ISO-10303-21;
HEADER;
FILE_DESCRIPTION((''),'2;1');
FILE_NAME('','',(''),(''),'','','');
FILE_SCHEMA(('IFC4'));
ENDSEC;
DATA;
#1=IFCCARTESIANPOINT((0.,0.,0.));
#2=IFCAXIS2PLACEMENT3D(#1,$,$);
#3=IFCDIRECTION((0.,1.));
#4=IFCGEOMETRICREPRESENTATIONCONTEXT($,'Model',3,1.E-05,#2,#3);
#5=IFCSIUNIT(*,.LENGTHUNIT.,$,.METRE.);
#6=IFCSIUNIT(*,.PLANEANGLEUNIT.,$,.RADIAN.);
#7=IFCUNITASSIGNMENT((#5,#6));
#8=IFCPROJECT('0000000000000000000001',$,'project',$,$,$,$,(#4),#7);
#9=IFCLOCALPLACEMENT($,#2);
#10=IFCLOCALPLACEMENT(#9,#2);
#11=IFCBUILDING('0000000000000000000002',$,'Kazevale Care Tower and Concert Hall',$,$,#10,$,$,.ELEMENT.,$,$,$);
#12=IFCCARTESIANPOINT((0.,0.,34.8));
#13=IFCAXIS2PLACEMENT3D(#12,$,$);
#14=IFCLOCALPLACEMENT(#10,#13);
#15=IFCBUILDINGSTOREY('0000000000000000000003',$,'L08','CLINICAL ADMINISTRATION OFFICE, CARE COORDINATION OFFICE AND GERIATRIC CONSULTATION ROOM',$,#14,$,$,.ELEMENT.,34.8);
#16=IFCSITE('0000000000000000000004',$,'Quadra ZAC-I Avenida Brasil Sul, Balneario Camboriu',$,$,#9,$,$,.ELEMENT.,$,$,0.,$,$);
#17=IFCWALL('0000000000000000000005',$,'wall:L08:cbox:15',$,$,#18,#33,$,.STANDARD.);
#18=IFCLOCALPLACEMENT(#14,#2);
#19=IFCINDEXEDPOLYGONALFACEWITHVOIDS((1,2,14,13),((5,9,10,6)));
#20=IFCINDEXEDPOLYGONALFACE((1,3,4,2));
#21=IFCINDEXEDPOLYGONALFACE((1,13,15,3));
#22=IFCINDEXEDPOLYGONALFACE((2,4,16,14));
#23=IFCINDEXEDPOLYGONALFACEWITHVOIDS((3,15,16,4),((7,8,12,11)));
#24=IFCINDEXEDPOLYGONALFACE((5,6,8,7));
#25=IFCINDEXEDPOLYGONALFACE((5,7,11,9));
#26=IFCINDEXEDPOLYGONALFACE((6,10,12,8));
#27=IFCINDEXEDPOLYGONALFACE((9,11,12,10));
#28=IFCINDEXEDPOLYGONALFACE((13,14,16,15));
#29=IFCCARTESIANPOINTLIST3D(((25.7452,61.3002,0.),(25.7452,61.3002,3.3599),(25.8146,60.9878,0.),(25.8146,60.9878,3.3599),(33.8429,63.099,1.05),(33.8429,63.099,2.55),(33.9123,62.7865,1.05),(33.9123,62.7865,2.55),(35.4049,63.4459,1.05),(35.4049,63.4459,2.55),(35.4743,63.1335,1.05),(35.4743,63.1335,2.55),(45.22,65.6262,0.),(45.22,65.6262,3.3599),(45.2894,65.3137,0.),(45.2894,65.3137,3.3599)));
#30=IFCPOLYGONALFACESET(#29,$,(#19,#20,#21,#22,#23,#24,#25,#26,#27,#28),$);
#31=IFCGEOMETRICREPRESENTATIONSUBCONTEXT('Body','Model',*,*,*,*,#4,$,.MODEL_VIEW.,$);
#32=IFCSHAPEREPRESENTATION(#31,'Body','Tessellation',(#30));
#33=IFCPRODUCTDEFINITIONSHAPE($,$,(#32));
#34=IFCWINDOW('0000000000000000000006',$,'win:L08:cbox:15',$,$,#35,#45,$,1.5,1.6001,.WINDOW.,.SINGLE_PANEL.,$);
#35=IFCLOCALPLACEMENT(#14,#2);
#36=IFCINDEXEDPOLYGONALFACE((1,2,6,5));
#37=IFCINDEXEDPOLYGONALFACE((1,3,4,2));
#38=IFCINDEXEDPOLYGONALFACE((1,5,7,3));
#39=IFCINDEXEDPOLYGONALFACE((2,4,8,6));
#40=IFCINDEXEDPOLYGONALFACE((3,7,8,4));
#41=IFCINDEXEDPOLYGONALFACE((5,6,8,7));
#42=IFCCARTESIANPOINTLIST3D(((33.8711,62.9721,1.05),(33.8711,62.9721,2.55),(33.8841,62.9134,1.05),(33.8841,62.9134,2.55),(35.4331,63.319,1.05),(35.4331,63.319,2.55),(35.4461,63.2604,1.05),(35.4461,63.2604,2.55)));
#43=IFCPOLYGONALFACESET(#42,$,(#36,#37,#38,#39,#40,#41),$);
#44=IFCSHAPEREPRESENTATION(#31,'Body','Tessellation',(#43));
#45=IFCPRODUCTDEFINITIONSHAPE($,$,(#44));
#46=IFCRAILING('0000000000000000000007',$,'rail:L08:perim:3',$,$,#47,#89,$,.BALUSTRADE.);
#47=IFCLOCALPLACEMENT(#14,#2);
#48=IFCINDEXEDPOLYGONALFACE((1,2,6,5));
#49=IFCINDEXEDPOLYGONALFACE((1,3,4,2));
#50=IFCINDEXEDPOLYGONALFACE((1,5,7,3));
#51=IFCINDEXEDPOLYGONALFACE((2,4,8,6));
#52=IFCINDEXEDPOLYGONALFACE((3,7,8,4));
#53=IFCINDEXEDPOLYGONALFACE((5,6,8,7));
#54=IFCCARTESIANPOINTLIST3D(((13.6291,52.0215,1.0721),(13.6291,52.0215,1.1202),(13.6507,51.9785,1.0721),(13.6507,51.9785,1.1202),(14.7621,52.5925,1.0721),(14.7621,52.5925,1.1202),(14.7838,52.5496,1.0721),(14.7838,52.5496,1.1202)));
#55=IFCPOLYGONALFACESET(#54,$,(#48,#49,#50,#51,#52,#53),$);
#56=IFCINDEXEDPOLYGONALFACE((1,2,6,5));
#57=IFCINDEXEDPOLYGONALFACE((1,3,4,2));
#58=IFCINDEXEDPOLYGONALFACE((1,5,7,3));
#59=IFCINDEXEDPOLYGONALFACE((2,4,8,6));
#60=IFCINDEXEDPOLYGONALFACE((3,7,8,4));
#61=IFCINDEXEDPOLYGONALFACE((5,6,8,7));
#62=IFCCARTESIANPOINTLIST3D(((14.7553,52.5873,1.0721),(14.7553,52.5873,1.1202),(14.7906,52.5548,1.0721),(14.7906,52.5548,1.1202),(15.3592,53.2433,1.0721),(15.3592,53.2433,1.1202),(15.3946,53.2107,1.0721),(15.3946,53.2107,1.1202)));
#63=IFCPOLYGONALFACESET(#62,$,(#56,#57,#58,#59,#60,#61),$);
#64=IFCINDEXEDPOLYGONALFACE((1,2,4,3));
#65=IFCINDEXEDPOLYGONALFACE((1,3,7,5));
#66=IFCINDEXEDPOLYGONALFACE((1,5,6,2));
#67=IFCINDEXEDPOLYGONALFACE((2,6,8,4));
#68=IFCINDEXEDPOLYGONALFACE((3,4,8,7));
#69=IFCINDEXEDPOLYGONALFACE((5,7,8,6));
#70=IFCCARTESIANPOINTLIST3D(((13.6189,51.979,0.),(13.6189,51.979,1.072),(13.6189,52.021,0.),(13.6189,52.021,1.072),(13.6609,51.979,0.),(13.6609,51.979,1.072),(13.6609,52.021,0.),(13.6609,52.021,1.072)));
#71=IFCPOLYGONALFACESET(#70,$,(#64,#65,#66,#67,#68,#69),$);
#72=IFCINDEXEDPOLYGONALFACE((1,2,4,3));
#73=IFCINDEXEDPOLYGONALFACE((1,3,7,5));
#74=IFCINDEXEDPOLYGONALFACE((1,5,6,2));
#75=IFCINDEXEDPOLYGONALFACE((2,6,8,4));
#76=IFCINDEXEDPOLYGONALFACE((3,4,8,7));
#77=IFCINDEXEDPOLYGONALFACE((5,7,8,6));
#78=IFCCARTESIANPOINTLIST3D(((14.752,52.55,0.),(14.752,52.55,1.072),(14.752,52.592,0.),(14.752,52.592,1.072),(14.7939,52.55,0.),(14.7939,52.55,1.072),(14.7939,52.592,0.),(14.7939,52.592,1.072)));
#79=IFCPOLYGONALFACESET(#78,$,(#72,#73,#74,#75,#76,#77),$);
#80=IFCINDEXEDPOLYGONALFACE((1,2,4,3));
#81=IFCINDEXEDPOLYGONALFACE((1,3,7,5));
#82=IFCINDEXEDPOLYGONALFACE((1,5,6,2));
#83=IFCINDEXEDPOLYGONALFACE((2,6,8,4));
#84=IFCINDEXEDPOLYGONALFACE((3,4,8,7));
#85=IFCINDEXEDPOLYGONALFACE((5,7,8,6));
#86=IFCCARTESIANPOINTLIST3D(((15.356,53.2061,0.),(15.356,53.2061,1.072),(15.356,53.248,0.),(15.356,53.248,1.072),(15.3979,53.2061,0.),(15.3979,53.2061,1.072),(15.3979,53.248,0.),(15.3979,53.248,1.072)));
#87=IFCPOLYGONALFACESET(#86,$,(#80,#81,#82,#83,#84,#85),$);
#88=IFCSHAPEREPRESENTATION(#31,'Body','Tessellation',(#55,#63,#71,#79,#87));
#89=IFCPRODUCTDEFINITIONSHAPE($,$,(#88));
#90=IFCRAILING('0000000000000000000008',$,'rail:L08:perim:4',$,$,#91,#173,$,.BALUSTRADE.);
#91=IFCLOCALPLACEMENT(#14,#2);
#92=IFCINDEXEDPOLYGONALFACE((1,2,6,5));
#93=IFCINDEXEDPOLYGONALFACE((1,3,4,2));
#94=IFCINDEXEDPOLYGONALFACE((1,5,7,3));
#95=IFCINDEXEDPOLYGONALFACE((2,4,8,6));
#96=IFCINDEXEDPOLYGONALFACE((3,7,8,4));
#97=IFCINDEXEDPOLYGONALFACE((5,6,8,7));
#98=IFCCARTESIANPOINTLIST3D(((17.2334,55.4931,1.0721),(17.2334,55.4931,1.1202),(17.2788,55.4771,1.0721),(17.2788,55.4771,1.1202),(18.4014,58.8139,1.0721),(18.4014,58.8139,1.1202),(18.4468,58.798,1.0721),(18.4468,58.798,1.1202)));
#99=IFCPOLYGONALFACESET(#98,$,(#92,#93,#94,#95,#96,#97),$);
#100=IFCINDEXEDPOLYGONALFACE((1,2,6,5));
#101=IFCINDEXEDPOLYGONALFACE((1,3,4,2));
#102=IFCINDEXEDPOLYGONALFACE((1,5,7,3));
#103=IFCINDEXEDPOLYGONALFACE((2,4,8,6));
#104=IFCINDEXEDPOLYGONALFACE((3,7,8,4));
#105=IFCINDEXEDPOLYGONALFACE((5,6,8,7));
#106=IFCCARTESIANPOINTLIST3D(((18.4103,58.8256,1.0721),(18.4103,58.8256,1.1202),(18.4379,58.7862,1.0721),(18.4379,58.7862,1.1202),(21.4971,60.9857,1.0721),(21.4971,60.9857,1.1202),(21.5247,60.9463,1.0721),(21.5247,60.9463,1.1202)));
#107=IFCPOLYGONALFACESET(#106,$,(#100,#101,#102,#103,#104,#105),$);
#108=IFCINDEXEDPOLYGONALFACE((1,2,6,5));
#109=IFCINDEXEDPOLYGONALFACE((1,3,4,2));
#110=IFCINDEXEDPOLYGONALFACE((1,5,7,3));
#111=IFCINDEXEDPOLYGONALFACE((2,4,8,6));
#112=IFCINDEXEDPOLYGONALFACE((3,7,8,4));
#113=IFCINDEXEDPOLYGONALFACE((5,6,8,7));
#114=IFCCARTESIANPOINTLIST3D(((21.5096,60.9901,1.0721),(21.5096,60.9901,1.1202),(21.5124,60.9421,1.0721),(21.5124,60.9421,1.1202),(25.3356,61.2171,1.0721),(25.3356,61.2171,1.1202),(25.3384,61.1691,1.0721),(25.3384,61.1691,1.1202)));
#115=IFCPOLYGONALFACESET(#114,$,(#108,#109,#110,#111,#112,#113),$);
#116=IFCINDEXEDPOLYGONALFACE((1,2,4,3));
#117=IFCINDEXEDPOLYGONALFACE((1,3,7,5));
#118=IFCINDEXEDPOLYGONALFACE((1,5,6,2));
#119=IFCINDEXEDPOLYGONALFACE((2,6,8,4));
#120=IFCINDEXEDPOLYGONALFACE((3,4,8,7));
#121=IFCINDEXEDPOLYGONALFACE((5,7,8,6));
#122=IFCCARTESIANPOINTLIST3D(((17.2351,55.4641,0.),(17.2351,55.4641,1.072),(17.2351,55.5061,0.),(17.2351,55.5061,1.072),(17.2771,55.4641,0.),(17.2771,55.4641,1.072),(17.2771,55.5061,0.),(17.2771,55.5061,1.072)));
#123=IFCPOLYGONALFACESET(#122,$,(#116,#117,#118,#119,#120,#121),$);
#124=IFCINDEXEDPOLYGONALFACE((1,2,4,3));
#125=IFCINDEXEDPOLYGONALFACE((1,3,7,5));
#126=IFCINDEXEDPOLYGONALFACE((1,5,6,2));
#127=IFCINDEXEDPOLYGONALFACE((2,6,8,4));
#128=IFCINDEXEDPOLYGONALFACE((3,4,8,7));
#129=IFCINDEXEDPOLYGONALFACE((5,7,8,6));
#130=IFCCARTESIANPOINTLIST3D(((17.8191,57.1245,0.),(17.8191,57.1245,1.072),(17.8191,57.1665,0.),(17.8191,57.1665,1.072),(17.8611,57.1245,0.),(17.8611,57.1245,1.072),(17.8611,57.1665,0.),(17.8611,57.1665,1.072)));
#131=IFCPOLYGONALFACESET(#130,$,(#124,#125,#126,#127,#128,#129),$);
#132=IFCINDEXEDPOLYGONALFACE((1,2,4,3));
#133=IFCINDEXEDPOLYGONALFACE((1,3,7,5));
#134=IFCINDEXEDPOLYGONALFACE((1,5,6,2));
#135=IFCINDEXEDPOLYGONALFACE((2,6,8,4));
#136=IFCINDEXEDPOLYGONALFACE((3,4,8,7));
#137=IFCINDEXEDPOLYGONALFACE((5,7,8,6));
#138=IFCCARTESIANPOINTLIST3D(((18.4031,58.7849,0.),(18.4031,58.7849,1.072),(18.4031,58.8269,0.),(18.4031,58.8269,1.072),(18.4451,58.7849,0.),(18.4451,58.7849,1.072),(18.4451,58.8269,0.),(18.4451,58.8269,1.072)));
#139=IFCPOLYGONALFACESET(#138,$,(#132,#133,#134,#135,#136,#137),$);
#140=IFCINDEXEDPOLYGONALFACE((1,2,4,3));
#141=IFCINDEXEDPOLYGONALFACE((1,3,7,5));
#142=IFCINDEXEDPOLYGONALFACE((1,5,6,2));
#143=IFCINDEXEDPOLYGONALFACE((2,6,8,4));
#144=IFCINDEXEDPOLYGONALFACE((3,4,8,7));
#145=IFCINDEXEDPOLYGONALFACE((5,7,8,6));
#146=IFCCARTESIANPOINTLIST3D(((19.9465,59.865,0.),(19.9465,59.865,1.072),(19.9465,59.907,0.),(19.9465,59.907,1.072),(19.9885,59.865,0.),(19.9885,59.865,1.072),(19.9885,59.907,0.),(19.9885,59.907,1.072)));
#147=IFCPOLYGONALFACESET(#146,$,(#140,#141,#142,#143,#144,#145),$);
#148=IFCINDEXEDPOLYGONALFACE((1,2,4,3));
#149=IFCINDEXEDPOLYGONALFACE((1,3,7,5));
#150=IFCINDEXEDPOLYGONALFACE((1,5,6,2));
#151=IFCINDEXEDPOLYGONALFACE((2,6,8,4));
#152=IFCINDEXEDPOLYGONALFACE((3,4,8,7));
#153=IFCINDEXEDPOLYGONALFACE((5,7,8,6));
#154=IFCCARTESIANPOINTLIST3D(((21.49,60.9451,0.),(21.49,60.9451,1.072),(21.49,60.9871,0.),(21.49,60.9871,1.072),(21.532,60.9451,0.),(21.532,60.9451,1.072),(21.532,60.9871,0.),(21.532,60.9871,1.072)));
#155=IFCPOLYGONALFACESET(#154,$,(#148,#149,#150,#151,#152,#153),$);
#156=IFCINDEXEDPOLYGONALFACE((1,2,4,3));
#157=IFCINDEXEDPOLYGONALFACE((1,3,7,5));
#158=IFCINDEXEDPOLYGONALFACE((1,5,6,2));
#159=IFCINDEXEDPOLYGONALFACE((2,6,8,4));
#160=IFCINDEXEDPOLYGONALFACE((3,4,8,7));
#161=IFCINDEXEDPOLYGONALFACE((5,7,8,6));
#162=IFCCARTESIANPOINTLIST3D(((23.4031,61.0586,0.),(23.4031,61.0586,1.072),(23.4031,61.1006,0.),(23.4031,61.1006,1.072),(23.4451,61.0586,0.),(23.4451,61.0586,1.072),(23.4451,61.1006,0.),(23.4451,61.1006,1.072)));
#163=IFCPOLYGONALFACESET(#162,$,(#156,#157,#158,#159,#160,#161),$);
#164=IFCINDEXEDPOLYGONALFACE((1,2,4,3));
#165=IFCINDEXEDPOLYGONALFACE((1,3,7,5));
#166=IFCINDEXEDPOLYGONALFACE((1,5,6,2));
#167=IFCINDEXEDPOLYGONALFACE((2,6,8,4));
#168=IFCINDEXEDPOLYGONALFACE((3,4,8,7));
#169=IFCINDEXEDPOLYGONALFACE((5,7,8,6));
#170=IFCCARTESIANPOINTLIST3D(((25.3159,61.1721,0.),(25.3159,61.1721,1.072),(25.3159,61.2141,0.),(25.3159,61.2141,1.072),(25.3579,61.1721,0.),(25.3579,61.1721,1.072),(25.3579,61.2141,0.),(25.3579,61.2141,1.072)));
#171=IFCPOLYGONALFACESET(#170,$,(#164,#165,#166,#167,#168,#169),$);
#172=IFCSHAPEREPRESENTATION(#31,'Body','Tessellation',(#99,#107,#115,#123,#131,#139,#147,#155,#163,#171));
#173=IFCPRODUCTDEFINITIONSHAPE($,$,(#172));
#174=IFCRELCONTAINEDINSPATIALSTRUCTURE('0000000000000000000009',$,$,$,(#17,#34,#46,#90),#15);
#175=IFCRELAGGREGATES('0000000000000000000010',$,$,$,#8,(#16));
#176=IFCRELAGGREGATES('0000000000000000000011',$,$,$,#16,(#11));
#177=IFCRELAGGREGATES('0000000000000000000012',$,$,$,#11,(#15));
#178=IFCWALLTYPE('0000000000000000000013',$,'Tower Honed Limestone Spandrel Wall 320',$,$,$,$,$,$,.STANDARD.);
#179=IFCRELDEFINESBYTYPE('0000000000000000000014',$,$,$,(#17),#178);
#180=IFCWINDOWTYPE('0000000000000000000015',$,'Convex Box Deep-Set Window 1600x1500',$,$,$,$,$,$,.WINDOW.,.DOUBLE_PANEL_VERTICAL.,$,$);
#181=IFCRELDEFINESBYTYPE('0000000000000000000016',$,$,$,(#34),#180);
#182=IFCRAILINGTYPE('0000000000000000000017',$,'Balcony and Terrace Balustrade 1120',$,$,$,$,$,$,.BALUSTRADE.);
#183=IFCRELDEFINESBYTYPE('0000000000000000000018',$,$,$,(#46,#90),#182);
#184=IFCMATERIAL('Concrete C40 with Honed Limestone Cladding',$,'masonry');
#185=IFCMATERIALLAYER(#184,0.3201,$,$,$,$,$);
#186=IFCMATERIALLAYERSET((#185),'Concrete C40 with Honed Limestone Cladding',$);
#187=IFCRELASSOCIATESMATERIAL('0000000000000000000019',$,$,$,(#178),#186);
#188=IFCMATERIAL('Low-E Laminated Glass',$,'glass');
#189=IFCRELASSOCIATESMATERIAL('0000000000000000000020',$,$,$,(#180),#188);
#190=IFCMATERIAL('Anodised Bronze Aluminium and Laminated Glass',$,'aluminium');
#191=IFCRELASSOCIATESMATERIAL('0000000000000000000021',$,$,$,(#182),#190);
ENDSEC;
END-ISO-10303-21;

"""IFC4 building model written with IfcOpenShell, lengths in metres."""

from ifc_helpers import new_model, si_unit, direction, frame, frame_2d, origin, origin_2d, place, context, subcontext, project, spatial, rectangle, extrude, material, layer, layer_set, type_object, element, fill, save


model = new_model("IFC4")

# Units and contexts
model_context = context("Model", 3, precision=1e-05, world=origin(), true_north=direction((0.0, 1.0)))
body_context = subcontext(model_context, "Body", "Model", "MODEL_VIEW")
ifc_project = project(units=[si_unit("LENGTHUNIT", "METRE"), si_unit("PLANEANGLEUNIT", "RADIAN")], contexts=[model_context])

# Site, building, storey
site_placement = place(None, origin())
site = spatial("IfcSite", under=ifc_project, at=site_placement, Name="Quadra ZAC-I Avenida Brasil Sul, Balneario Camboriu", CompositionType="ELEMENT", RefElevation=0.0)
building_placement = place(site_placement, origin())
building = spatial("IfcBuilding", under=site, at=building_placement, Name="Kazevale Care Tower and Concert Hall", CompositionType="ELEMENT")
storey_placement = place(building_placement, frame((0.0, 0.0, 34.8)))
storey = spatial("IfcBuildingStorey", under=building, at=storey_placement, Name="L08", Description="CLINICAL ADMINISTRATION OFFICE, CARE COORDINATION OFFICE AND GERIATRIC CONSULTATION ROOM", CompositionType="ELEMENT", Elevation=34.8)

# Shared definitions
ifc_material_1 = material(Name="Low-E Laminated Glass", Category="glass")

# Wall, opening, window
ifc_material_2 = material(Name="Concrete C40 with Honed Limestone Cladding", Category="masonry")
ifc_layer_1 = layer(ifc_material_2, 0.3201)
ifc_layer_set_1 = layer_set([ifc_layer_1], Name="Concrete C40 with Honed Limestone Cladding")
wall_type_1 = type_object("IfcWallType", Name="Tower Honed Limestone Spandrel Wall 320", PredefinedType="STANDARD", material=ifc_layer_set_1)
wall_1_placement = place(storey_placement, frame((25.78, 61.144, 0.0), z_axis=(0.0, 0.0, 1.0), x_axis=(0.976206, 0.216844, 0.0)))
wall_1 = element("IfcWall", 1, at=wall_1_placement, inside=storey, type_object=wall_type_1, Name="wall:L08:cbox:15", PredefinedType="STANDARD", context=body_context, shape_type="SweptSolid", body=[
    extrude(rectangle(XDim=19.9495, YDim=0.3201, at=frame_2d((9.9746, 0.0))), origin(), (0.0, 0.0, 1.0), 3.3599),
])
opening_placement = place(wall_1_placement, frame((8.2949, 0.0, 1.05)))
opening = element("IfcOpeningElement", 2, at=opening_placement, cuts=wall_1, PredefinedType="OPENING", context=body_context, shape_type="SweptSolid", body=[
    extrude(rectangle(XDim=1.6001, YDim=1.5, at=frame_2d((0.8, 0.75))), frame((0.0, 0.1699, 0.0), z_axis=(0.0, -1.0, 0.0), x_axis=(1.0, 0.0, 0.0)), (0.0, 0.0, 1.0), 0.3401),
])
window_type = type_object("IfcWindowType", Name="Convex Box Deep-Set Window 1600x1500", PartitioningType="DOUBLE_PANEL_VERTICAL", PredefinedType="WINDOW", material=ifc_material_1)
window_placement = place(opening_placement, origin())
window = element("IfcWindow", 3, at=window_placement, inside=storey, type_object=window_type, Name="win:L08:cbox:15", OverallHeight=1.5, OverallWidth=1.6001, PartitioningType="SINGLE_PANEL", PredefinedType="WINDOW", context=body_context, shape_type="SweptSolid", body=[
    extrude(rectangle(XDim=1.6001, YDim=1.5, at=frame_2d((0.8, 0.75))), frame((0.0, 0.03, 0.0), z_axis=(0.0, -1.0, 0.0), x_axis=(1.0, 0.0, 0.0)), (0.0, 0.0, 1.0), 0.0601),
])
fill(opening, window)

# Railings
ifc_material_3 = material(Name="Anodised Bronze Aluminium and Laminated Glass", Category="aluminium")
railing_type = type_object("IfcRailingType", Name="Balcony and Terrace Balustrade 1120", PredefinedType="BALUSTRADE", material=ifc_material_3)
railing_1_placement = place(storey_placement, frame((13.6399, 52.0, 0.0)))
element("IfcRailing", 4, at=railing_1_placement, inside=storey, type_object=railing_type, Name="rail:L08:perim:3", PredefinedType="BALUSTRADE", context=body_context, shape_type="SweptSolid", body=[
    extrude(rectangle(XDim=0.0481, YDim=0.0481, at=origin_2d()), frame((0.0, 0.0, 1.0962), z_axis=(0.892999, 0.450059, 0.0), x_axis=(-0.450059, 0.892999, 0.0)), (0.0, 0.0, 1.0), 1.2688),
    extrude(rectangle(XDim=0.0481, YDim=0.0481, at=origin_2d()), frame((1.1331, 0.571, 1.0962), z_axis=(0.677347, 0.735664, 0.0), x_axis=(-0.735664, 0.677347, 0.0)), (0.0, 0.0, 1.0), 0.8916),
    extrude(rectangle(XDim=0.042, YDim=0.042, at=origin_2d()), origin(), (0.0, 0.0, 1.0), 1.072),
    extrude(rectangle(XDim=0.042, YDim=0.042, at=origin_2d()), frame((1.1331, 0.571, 0.0)), (0.0, 0.0, 1.0), 1.072),
    extrude(rectangle(XDim=0.042, YDim=0.042, at=origin_2d()), frame((1.7371, 1.2271, 0.0)), (0.0, 0.0, 1.0), 1.072),
])
railing_2_placement = place(storey_placement, frame((17.2561, 55.4851, 0.0)))
element("IfcRailing", 5, at=railing_2_placement, inside=storey, type_object=railing_type, Name="rail:L08:perim:4", PredefinedType="BALUSTRADE", context=body_context, shape_type="SweptSolid", body=[
    extrude(rectangle(XDim=0.0481, YDim=0.0481, at=origin_2d()), frame((0.0, 0.0, 1.0962), z_axis=(0.33179, 0.943353, 0.0), x_axis=(-0.943353, 0.33179, 0.0)), (0.0, 0.0, 1.0), 3.5203),
    extrude(rectangle(XDim=0.0481, YDim=0.0481, at=origin_2d()), frame((1.168, 3.3208, 1.0962), z_axis=(0.819317, 0.573341, 0.0), x_axis=(-0.573341, 0.819317, 0.0)), (0.0, 0.0, 1.0), 3.7676),
    extrude(rectangle(XDim=0.0481, YDim=0.0481, at=origin_2d()), frame((4.2549, 5.481, 1.0962), z_axis=(0.998244, 0.059241, 0.0), x_axis=(-0.059241, 0.998244, 0.0)), (0.0, 0.0, 1.0), 3.8328),
    extrude(rectangle(XDim=0.042, YDim=0.042, at=origin_2d()), origin(), (0.0, 0.0, 1.0), 1.072),
    extrude(rectangle(XDim=0.042, YDim=0.042, at=origin_2d()), frame((0.584, 1.6604, 0.0)), (0.0, 0.0, 1.0), 1.072),
    extrude(rectangle(XDim=0.042, YDim=0.042, at=origin_2d()), frame((1.168, 3.3208, 0.0)), (0.0, 0.0, 1.0), 1.072),
    extrude(rectangle(XDim=0.042, YDim=0.042, at=origin_2d()), frame((2.7114, 4.4009, 0.0)), (0.0, 0.0, 1.0), 1.072),
    extrude(rectangle(XDim=0.042, YDim=0.042, at=origin_2d()), frame((4.2549, 5.481, 0.0)), (0.0, 0.0, 1.0), 1.072),
    extrude(rectangle(XDim=0.042, YDim=0.042, at=origin_2d()), frame((6.168, 5.5945, 0.0)), (0.0, 0.0, 1.0), 1.072),
    extrude(rectangle(XDim=0.042, YDim=0.042, at=origin_2d()), frame((8.0808, 5.708, 0.0)), (0.0, 0.0, 1.0), 1.072),
])

save(model, "model.ifc")
